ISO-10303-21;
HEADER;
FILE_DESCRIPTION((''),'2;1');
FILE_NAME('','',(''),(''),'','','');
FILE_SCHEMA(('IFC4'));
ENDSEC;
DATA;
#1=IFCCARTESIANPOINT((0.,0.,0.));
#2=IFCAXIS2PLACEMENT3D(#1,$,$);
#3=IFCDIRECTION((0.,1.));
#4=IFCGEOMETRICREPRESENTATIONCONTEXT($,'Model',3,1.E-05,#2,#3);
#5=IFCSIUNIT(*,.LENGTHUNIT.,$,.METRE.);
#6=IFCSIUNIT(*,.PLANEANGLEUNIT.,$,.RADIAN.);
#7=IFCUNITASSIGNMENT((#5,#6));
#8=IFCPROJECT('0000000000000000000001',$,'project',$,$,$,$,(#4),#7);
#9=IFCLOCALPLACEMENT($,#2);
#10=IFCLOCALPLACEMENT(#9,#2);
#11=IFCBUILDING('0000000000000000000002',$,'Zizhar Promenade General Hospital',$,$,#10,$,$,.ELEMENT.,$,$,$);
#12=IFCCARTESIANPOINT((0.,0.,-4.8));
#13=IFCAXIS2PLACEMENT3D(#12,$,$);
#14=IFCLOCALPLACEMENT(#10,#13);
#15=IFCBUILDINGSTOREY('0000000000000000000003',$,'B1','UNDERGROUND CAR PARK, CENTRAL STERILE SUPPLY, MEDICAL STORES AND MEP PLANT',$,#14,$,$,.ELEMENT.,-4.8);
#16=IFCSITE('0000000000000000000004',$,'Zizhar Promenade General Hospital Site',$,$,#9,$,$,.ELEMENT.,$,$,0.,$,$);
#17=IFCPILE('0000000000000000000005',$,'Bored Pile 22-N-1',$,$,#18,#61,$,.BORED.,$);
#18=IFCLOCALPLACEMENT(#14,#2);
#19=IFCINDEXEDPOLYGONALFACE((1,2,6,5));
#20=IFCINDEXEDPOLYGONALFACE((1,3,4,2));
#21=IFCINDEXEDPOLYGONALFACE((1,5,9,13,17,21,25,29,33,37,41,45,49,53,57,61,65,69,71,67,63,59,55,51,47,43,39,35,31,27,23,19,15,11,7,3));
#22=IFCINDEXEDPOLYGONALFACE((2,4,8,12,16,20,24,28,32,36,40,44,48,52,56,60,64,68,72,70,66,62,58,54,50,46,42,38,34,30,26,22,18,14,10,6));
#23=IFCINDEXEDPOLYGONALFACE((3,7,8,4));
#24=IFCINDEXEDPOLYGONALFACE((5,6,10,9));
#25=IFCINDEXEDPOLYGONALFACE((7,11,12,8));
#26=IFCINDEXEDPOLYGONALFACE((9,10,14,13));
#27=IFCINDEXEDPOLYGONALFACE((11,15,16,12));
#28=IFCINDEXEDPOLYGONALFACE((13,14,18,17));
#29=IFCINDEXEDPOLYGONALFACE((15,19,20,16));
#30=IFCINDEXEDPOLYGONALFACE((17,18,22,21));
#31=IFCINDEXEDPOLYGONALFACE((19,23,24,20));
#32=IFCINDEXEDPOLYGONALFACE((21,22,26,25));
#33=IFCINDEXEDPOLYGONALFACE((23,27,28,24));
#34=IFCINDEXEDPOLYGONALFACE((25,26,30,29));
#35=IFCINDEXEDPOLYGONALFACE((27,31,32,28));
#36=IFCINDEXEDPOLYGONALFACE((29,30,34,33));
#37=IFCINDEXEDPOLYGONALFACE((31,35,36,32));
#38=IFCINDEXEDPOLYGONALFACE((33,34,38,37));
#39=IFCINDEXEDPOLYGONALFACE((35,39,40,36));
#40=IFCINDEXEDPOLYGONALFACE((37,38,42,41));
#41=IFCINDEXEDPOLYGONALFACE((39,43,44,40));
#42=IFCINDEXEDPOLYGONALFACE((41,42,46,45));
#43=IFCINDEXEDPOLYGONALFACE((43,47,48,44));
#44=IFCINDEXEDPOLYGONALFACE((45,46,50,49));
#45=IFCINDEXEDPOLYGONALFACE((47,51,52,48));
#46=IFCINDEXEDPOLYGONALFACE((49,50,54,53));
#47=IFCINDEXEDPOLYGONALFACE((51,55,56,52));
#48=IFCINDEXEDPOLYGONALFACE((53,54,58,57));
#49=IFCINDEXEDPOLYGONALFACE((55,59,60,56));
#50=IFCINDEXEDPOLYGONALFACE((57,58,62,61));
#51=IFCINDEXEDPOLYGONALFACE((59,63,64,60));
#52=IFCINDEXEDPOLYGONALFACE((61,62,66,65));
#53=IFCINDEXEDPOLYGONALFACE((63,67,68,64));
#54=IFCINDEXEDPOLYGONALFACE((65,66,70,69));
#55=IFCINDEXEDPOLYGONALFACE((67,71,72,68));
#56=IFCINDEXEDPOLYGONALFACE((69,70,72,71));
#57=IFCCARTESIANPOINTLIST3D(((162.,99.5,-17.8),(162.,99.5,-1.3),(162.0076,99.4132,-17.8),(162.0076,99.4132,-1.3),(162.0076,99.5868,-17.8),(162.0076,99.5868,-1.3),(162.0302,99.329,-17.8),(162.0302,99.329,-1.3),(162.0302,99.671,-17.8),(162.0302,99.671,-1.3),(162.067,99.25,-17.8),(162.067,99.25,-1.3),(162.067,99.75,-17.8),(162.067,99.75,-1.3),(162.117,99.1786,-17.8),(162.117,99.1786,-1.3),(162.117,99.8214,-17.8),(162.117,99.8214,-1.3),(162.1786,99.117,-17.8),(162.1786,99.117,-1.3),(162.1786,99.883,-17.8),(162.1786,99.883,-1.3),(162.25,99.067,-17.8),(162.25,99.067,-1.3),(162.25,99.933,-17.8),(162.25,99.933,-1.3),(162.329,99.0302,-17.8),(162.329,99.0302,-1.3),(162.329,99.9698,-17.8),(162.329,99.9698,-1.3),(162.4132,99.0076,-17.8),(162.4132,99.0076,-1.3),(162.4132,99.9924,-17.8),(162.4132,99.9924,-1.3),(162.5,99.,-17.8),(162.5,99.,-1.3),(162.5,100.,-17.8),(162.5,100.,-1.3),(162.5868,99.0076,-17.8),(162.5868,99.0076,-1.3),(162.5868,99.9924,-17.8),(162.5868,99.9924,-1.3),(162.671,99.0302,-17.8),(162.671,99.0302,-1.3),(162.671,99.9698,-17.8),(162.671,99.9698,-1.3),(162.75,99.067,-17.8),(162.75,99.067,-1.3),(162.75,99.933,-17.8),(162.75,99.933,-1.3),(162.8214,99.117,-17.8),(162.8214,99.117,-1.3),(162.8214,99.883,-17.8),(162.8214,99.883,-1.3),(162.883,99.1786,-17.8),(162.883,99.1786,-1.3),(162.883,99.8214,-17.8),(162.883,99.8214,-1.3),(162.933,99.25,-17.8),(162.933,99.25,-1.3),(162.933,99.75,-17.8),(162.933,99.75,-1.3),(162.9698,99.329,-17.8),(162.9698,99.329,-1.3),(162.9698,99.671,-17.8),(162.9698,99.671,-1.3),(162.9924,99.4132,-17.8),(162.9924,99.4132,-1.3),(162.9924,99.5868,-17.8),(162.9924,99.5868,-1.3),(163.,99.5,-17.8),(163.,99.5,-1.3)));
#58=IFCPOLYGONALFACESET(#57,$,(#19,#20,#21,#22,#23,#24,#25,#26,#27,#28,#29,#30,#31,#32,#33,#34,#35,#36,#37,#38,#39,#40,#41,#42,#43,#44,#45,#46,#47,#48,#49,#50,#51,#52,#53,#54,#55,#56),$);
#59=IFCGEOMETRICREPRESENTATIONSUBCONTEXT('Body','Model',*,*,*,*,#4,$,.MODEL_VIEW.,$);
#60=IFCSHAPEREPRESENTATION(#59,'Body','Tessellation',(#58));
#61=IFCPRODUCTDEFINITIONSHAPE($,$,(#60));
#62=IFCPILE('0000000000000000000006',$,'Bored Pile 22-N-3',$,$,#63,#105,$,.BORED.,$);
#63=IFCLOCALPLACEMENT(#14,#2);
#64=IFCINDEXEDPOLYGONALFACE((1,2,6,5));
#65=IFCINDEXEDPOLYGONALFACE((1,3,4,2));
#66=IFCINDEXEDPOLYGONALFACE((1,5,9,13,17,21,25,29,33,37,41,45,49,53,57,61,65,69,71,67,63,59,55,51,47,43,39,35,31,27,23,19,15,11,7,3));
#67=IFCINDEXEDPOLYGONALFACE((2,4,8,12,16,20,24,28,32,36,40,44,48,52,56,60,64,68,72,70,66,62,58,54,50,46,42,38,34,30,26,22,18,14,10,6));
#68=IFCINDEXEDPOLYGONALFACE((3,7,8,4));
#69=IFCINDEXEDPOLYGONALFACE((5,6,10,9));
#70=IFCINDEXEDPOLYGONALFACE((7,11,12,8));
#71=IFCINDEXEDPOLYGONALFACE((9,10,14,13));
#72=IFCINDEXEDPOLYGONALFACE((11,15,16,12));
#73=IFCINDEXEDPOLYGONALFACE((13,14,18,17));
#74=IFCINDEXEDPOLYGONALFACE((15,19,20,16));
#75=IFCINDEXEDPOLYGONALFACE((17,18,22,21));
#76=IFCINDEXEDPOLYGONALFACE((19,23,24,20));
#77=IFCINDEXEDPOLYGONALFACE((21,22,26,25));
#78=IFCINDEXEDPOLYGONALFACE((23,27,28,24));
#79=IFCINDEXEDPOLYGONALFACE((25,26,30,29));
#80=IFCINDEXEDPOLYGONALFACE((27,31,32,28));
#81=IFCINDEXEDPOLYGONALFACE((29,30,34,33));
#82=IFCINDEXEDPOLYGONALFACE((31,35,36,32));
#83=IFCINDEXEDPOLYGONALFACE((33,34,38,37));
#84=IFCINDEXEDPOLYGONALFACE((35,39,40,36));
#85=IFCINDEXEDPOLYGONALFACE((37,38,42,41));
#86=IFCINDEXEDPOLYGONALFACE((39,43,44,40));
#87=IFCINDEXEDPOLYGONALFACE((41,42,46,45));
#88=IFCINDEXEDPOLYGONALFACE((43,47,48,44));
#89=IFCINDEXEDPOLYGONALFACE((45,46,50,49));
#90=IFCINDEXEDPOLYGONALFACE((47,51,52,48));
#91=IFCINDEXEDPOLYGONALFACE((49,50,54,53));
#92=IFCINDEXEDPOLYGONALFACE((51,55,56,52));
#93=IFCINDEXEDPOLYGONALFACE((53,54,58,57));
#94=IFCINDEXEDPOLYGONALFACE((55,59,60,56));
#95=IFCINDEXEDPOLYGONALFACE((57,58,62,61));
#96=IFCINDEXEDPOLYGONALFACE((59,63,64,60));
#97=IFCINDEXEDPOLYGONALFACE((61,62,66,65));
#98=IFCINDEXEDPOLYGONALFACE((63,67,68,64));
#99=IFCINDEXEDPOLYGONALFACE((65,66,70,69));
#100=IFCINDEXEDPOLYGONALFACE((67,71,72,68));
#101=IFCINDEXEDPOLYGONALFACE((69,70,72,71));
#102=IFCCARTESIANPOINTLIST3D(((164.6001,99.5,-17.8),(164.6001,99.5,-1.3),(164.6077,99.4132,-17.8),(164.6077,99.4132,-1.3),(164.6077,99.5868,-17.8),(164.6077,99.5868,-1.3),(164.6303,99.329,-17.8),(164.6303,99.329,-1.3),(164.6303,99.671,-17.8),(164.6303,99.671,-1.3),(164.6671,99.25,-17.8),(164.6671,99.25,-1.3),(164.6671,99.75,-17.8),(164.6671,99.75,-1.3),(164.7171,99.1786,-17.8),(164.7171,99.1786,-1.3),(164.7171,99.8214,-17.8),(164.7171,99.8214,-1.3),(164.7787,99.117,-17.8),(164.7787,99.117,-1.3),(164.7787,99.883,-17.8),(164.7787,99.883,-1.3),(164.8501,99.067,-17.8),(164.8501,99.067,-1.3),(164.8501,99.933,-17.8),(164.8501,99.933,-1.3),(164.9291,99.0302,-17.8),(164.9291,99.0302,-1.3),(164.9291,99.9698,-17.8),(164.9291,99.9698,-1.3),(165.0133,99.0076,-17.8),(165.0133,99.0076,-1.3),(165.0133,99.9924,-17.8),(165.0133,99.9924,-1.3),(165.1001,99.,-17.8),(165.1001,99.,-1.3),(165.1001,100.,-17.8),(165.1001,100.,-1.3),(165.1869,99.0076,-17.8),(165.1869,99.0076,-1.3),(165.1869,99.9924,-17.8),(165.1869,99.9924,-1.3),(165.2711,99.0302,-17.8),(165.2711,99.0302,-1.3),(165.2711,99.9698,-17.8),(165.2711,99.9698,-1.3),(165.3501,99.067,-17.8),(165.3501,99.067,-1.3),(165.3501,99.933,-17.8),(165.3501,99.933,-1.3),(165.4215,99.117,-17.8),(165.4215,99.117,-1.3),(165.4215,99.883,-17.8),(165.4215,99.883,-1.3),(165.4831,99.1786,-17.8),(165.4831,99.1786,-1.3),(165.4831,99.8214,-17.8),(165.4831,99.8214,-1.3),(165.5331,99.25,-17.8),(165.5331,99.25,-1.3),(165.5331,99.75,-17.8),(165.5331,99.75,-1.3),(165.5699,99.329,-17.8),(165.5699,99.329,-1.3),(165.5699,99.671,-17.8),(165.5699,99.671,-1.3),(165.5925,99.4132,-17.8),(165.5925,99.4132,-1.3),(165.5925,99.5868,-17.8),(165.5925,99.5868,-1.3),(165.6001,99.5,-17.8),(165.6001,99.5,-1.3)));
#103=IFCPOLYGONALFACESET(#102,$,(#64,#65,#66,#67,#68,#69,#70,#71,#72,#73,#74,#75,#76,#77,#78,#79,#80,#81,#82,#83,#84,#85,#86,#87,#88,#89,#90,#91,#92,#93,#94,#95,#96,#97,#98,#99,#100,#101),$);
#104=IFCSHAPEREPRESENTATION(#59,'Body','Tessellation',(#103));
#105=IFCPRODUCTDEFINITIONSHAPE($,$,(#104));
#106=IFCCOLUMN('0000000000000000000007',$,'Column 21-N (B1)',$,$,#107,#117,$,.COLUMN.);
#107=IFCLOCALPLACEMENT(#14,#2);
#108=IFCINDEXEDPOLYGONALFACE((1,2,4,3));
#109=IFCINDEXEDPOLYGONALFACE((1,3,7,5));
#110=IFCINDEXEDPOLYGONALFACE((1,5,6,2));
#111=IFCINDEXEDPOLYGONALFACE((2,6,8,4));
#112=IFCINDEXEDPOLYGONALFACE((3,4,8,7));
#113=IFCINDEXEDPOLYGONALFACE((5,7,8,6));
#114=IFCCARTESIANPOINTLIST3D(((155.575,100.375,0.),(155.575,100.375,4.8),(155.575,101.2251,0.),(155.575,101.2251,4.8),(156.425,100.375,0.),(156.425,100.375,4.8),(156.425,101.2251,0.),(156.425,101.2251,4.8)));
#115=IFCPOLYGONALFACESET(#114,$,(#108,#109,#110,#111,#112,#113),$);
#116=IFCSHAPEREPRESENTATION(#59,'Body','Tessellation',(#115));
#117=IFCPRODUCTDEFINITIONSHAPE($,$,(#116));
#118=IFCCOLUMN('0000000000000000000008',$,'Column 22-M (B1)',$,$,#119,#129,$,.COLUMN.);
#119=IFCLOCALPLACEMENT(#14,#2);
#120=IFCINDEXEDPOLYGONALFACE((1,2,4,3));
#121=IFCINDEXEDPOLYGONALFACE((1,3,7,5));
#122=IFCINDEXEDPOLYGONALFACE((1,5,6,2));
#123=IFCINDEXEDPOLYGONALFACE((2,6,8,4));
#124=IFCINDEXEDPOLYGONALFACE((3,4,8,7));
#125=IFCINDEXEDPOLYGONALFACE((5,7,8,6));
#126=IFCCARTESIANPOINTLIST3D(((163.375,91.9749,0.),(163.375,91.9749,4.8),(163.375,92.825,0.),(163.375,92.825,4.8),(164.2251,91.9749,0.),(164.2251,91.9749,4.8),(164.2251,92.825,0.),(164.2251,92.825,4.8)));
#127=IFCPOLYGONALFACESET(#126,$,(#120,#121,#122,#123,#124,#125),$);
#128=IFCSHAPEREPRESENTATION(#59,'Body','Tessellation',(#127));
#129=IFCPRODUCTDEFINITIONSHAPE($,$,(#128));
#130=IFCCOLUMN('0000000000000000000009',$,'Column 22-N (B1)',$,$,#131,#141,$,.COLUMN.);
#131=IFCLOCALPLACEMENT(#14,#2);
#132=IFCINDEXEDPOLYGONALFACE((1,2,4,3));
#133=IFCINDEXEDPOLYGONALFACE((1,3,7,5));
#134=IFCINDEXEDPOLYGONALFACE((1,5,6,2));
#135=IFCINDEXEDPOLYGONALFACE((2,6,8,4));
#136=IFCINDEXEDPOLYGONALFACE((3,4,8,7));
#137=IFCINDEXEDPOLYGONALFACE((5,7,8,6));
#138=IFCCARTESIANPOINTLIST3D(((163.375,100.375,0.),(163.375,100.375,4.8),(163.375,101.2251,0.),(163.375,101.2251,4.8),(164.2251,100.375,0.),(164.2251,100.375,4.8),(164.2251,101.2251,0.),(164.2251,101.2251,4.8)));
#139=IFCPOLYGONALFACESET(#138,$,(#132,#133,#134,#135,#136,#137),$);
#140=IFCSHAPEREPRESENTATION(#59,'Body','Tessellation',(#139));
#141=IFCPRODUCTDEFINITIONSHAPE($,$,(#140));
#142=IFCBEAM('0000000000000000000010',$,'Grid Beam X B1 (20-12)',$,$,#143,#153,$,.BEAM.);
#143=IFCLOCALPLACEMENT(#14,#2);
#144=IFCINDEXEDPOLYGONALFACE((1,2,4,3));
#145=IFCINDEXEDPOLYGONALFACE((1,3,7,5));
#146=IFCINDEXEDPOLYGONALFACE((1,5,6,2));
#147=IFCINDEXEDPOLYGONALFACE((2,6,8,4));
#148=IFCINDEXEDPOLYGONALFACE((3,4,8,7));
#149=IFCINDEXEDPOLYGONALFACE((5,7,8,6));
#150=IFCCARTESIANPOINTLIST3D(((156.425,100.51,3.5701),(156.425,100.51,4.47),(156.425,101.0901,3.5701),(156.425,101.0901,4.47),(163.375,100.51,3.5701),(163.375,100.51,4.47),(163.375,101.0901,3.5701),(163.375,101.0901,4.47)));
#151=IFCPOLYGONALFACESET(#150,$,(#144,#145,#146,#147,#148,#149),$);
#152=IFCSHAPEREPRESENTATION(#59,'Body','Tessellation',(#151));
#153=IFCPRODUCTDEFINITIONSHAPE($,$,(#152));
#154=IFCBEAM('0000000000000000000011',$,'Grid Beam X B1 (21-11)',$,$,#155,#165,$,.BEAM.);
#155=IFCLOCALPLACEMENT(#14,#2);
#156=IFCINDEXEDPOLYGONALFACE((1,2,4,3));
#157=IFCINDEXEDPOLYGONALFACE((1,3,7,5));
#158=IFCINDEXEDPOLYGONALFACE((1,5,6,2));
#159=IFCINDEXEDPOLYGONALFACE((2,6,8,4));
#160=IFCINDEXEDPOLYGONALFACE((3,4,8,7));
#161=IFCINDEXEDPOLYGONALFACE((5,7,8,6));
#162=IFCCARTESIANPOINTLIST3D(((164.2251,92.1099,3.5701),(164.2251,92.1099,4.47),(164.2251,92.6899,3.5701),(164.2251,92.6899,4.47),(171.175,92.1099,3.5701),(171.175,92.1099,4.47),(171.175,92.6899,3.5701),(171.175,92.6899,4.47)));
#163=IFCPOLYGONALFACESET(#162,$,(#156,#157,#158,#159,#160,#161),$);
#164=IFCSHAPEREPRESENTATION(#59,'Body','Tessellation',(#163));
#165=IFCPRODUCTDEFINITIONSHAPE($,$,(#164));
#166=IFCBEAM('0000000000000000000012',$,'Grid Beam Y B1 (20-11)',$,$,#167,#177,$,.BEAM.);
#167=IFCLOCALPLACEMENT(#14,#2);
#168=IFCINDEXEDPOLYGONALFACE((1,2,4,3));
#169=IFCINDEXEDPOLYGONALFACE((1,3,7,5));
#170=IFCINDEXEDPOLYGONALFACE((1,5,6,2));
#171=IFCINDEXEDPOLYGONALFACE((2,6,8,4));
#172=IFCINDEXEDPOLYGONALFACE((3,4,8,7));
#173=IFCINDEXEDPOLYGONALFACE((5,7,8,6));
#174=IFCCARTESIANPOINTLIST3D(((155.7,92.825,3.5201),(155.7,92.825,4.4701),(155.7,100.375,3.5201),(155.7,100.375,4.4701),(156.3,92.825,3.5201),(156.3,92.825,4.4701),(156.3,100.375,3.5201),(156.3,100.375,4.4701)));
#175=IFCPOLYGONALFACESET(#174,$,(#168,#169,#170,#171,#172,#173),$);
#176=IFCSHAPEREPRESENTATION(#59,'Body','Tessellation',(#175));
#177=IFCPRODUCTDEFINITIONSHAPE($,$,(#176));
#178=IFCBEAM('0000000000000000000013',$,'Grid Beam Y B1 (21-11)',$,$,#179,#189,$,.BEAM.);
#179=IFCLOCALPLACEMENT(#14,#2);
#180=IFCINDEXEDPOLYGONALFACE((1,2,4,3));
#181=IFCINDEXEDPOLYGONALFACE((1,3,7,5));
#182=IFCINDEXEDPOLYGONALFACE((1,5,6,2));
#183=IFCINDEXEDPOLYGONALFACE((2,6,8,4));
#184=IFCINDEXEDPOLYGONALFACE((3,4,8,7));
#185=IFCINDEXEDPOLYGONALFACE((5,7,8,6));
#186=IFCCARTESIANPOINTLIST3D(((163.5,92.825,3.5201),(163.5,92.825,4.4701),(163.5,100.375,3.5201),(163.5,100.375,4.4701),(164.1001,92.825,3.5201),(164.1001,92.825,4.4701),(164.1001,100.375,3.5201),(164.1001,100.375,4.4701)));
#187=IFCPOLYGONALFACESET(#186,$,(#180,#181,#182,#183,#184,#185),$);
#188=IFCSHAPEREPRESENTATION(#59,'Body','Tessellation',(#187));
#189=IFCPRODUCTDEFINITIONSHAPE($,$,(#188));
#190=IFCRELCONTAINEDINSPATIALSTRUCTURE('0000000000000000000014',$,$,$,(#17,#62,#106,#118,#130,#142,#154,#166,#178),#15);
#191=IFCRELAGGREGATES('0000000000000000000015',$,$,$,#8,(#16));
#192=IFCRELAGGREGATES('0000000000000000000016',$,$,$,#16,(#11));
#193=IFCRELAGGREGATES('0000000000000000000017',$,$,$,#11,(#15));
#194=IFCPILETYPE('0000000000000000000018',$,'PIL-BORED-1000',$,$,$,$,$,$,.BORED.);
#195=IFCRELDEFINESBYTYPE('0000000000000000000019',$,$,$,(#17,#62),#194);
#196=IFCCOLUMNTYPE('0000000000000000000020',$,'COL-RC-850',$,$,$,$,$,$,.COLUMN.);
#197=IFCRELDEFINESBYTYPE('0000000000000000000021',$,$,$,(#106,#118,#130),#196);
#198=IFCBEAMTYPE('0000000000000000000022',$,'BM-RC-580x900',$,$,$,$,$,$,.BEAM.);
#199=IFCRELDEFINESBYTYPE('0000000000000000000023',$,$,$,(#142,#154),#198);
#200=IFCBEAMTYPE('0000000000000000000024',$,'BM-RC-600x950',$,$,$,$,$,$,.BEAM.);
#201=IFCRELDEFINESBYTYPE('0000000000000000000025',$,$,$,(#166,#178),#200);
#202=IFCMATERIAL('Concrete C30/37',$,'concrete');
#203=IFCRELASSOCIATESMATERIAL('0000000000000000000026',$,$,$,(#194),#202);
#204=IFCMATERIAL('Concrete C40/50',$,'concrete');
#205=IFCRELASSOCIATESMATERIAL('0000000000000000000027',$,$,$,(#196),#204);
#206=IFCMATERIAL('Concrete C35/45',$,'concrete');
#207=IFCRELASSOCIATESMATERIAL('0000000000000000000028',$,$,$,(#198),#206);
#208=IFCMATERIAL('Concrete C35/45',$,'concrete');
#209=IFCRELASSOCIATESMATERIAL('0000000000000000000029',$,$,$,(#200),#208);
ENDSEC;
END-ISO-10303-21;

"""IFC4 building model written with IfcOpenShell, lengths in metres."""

from ifc_helpers import new_model, si_unit, direction, frame, origin, origin_2d, place, context, subcontext, project, spatial, rectangle, circle, extrude, material, material_profile, profile_set, type_object, element, save


model = new_model("IFC4")

# Units and contexts
model_context = context("Model", 3, precision=1e-05, world=origin(), true_north=direction((0.0, 1.0)))
body_context = subcontext(model_context, "Body", "Model", "MODEL_VIEW")
ifc_project = project(units=[si_unit("LENGTHUNIT", "METRE"), si_unit("PLANEANGLEUNIT", "RADIAN")], contexts=[model_context])

# Site, building, storey
site_placement = place(None, origin())
site = spatial("IfcSite", under=ifc_project, at=site_placement, Name="Zizhar Promenade General Hospital Site", CompositionType="ELEMENT", RefElevation=0.0)
building_placement = place(site_placement, origin())
building = spatial("IfcBuilding", under=site, at=building_placement, Name="Zizhar Promenade General Hospital", CompositionType="ELEMENT")
storey_placement = place(building_placement, frame((0.0, 0.0, -4.8)))
storey = spatial("IfcBuildingStorey", under=building, at=storey_placement, Name="B1", Description="UNDERGROUND CAR PARK, CENTRAL STERILE SUPPLY, MEDICAL STORES AND MEP PLANT", CompositionType="ELEMENT", Elevation=-4.8)

# Piles
ifc_material_1 = material(Name="Concrete C30/37", Category="concrete")
ifc_material_profile_1 = material_profile(ifc_material_1, circle(Radius=0.5, at=origin_2d()))
ifc_profile_set_1 = profile_set([ifc_material_profile_1], Name="Concrete C30/37")
pile_type = type_object("IfcPileType", Name="PIL-BORED-1000", PredefinedType="BORED", material=ifc_profile_set_1)
for number, where, z_axis, x_axis, name in (
    (1, (162.5, 99.5, -1.3), (0.0, 0.0, -1.0), (1.0, 0.0, 0.0), "Bored Pile 22-N-1"),
    (2, (165.1001, 99.5, -1.3), (0.0, 0.0, -1.0), (1.0, 0.0, 0.0), "Bored Pile 22-N-3"),
):
    element("IfcPile", number, at=place(storey_placement, frame(where, z_axis=z_axis, x_axis=x_axis)), inside=storey, type_object=pile_type, Name=name, PredefinedType="BORED", context=body_context, shape_type="SweptSolid", body=[
        extrude(circle(Radius=0.5, at=origin_2d()), origin(), (0.0, 0.0, 1.0), 16.5),
    ])

# Columns
ifc_material_2 = material(Name="Concrete C40/50", Category="concrete")
ifc_material_profile_2 = material_profile(ifc_material_2, rectangle(XDim=0.8501, YDim=0.8501, at=origin_2d()))
ifc_profile_set_2 = profile_set([ifc_material_profile_2], Name="Concrete C40/50")
column_type = type_object("IfcColumnType", Name="COL-RC-850", PredefinedType="COLUMN", material=ifc_profile_set_2)
for number, where, z_axis, x_axis, name in (
    (3, (156.0, 100.8, 0.0), (0.0, 0.0, 1.0), (1.0, 0.0, 0.0), "Column 21-N (B1)"),
    (4, (163.8, 92.3999, 0.0), (0.0, 0.0, 1.0), (1.0, 0.0, 0.0), "Column 22-M (B1)"),
    (5, (163.8, 100.8, 0.0), (0.0, 0.0, 1.0), (1.0, 0.0, 0.0), "Column 22-N (B1)"),
):
    element("IfcColumn", number, at=place(storey_placement, frame(where, z_axis=z_axis, x_axis=x_axis)), inside=storey, type_object=column_type, Name=name, PredefinedType="COLUMN", context=body_context, shape_type="SweptSolid", body=[
        extrude(rectangle(XDim=0.8501, YDim=0.8501, at=origin_2d()), origin(), (0.0, 0.0, 1.0), 4.8),
    ])

# Beams
ifc_material_3 = material(Name="Concrete C35/45", Category="concrete")
ifc_material_profile_3 = material_profile(ifc_material_3, rectangle(XDim=0.5801, YDim=0.8999, at=origin_2d()))
ifc_profile_set_3 = profile_set([ifc_material_profile_3], Name="Concrete C35/45")
beam_type_1 = type_object("IfcBeamType", Name="BM-RC-580x900", PredefinedType="BEAM", material=ifc_profile_set_3)
for number, where, z_axis, x_axis, name in (
    (6, (156.425, 100.8, 4.02), (1.0, 0.0, 0.0), (0.0, 1.0, 0.0), "Grid Beam X B1 (20-12)"),
    (7, (164.2251, 92.3999, 4.02), (1.0, 0.0, 0.0), (0.0, 1.0, 0.0), "Grid Beam X B1 (21-11)"),
):
    element("IfcBeam", number, at=place(storey_placement, frame(where, z_axis=z_axis, x_axis=x_axis)), inside=storey, type_object=beam_type_1, Name=name, PredefinedType="BEAM", context=body_context, shape_type="SweptSolid", body=[
        extrude(rectangle(XDim=0.5801, YDim=0.8999, at=origin_2d()), origin(), (0.0, 0.0, 1.0), 6.95),
    ])
ifc_material_4 = material(Name="Concrete C35/45", Category="concrete")
ifc_material_profile_4 = material_profile(ifc_material_4, rectangle(XDim=0.6001, YDim=0.95, at=origin_2d()))
ifc_profile_set_4 = profile_set([ifc_material_profile_4], Name="Concrete C35/45")
beam_type_2 = type_object("IfcBeamType", Name="BM-RC-600x950", PredefinedType="BEAM", material=ifc_profile_set_4)
for number, where, z_axis, x_axis, name in (
    (8, (156.0, 92.825, 3.9951), (0.0, 1.0, 0.0), (-1.0, 0.0, 0.0), "Grid Beam Y B1 (20-11)"),
    (9, (163.8, 92.825, 3.9951), (0.0, 1.0, 0.0), (-1.0, 0.0, 0.0), "Grid Beam Y B1 (21-11)"),
):
    element("IfcBeam", number, at=place(storey_placement, frame(where, z_axis=z_axis, x_axis=x_axis)), inside=storey, type_object=beam_type_2, Name=name, PredefinedType="BEAM", context=body_context, shape_type="SweptSolid", body=[
        extrude(rectangle(XDim=0.6001, YDim=0.95, at=origin_2d()), origin(), (0.0, 0.0, 1.0), 7.55),
    ])

save(model, "model.ifc")
